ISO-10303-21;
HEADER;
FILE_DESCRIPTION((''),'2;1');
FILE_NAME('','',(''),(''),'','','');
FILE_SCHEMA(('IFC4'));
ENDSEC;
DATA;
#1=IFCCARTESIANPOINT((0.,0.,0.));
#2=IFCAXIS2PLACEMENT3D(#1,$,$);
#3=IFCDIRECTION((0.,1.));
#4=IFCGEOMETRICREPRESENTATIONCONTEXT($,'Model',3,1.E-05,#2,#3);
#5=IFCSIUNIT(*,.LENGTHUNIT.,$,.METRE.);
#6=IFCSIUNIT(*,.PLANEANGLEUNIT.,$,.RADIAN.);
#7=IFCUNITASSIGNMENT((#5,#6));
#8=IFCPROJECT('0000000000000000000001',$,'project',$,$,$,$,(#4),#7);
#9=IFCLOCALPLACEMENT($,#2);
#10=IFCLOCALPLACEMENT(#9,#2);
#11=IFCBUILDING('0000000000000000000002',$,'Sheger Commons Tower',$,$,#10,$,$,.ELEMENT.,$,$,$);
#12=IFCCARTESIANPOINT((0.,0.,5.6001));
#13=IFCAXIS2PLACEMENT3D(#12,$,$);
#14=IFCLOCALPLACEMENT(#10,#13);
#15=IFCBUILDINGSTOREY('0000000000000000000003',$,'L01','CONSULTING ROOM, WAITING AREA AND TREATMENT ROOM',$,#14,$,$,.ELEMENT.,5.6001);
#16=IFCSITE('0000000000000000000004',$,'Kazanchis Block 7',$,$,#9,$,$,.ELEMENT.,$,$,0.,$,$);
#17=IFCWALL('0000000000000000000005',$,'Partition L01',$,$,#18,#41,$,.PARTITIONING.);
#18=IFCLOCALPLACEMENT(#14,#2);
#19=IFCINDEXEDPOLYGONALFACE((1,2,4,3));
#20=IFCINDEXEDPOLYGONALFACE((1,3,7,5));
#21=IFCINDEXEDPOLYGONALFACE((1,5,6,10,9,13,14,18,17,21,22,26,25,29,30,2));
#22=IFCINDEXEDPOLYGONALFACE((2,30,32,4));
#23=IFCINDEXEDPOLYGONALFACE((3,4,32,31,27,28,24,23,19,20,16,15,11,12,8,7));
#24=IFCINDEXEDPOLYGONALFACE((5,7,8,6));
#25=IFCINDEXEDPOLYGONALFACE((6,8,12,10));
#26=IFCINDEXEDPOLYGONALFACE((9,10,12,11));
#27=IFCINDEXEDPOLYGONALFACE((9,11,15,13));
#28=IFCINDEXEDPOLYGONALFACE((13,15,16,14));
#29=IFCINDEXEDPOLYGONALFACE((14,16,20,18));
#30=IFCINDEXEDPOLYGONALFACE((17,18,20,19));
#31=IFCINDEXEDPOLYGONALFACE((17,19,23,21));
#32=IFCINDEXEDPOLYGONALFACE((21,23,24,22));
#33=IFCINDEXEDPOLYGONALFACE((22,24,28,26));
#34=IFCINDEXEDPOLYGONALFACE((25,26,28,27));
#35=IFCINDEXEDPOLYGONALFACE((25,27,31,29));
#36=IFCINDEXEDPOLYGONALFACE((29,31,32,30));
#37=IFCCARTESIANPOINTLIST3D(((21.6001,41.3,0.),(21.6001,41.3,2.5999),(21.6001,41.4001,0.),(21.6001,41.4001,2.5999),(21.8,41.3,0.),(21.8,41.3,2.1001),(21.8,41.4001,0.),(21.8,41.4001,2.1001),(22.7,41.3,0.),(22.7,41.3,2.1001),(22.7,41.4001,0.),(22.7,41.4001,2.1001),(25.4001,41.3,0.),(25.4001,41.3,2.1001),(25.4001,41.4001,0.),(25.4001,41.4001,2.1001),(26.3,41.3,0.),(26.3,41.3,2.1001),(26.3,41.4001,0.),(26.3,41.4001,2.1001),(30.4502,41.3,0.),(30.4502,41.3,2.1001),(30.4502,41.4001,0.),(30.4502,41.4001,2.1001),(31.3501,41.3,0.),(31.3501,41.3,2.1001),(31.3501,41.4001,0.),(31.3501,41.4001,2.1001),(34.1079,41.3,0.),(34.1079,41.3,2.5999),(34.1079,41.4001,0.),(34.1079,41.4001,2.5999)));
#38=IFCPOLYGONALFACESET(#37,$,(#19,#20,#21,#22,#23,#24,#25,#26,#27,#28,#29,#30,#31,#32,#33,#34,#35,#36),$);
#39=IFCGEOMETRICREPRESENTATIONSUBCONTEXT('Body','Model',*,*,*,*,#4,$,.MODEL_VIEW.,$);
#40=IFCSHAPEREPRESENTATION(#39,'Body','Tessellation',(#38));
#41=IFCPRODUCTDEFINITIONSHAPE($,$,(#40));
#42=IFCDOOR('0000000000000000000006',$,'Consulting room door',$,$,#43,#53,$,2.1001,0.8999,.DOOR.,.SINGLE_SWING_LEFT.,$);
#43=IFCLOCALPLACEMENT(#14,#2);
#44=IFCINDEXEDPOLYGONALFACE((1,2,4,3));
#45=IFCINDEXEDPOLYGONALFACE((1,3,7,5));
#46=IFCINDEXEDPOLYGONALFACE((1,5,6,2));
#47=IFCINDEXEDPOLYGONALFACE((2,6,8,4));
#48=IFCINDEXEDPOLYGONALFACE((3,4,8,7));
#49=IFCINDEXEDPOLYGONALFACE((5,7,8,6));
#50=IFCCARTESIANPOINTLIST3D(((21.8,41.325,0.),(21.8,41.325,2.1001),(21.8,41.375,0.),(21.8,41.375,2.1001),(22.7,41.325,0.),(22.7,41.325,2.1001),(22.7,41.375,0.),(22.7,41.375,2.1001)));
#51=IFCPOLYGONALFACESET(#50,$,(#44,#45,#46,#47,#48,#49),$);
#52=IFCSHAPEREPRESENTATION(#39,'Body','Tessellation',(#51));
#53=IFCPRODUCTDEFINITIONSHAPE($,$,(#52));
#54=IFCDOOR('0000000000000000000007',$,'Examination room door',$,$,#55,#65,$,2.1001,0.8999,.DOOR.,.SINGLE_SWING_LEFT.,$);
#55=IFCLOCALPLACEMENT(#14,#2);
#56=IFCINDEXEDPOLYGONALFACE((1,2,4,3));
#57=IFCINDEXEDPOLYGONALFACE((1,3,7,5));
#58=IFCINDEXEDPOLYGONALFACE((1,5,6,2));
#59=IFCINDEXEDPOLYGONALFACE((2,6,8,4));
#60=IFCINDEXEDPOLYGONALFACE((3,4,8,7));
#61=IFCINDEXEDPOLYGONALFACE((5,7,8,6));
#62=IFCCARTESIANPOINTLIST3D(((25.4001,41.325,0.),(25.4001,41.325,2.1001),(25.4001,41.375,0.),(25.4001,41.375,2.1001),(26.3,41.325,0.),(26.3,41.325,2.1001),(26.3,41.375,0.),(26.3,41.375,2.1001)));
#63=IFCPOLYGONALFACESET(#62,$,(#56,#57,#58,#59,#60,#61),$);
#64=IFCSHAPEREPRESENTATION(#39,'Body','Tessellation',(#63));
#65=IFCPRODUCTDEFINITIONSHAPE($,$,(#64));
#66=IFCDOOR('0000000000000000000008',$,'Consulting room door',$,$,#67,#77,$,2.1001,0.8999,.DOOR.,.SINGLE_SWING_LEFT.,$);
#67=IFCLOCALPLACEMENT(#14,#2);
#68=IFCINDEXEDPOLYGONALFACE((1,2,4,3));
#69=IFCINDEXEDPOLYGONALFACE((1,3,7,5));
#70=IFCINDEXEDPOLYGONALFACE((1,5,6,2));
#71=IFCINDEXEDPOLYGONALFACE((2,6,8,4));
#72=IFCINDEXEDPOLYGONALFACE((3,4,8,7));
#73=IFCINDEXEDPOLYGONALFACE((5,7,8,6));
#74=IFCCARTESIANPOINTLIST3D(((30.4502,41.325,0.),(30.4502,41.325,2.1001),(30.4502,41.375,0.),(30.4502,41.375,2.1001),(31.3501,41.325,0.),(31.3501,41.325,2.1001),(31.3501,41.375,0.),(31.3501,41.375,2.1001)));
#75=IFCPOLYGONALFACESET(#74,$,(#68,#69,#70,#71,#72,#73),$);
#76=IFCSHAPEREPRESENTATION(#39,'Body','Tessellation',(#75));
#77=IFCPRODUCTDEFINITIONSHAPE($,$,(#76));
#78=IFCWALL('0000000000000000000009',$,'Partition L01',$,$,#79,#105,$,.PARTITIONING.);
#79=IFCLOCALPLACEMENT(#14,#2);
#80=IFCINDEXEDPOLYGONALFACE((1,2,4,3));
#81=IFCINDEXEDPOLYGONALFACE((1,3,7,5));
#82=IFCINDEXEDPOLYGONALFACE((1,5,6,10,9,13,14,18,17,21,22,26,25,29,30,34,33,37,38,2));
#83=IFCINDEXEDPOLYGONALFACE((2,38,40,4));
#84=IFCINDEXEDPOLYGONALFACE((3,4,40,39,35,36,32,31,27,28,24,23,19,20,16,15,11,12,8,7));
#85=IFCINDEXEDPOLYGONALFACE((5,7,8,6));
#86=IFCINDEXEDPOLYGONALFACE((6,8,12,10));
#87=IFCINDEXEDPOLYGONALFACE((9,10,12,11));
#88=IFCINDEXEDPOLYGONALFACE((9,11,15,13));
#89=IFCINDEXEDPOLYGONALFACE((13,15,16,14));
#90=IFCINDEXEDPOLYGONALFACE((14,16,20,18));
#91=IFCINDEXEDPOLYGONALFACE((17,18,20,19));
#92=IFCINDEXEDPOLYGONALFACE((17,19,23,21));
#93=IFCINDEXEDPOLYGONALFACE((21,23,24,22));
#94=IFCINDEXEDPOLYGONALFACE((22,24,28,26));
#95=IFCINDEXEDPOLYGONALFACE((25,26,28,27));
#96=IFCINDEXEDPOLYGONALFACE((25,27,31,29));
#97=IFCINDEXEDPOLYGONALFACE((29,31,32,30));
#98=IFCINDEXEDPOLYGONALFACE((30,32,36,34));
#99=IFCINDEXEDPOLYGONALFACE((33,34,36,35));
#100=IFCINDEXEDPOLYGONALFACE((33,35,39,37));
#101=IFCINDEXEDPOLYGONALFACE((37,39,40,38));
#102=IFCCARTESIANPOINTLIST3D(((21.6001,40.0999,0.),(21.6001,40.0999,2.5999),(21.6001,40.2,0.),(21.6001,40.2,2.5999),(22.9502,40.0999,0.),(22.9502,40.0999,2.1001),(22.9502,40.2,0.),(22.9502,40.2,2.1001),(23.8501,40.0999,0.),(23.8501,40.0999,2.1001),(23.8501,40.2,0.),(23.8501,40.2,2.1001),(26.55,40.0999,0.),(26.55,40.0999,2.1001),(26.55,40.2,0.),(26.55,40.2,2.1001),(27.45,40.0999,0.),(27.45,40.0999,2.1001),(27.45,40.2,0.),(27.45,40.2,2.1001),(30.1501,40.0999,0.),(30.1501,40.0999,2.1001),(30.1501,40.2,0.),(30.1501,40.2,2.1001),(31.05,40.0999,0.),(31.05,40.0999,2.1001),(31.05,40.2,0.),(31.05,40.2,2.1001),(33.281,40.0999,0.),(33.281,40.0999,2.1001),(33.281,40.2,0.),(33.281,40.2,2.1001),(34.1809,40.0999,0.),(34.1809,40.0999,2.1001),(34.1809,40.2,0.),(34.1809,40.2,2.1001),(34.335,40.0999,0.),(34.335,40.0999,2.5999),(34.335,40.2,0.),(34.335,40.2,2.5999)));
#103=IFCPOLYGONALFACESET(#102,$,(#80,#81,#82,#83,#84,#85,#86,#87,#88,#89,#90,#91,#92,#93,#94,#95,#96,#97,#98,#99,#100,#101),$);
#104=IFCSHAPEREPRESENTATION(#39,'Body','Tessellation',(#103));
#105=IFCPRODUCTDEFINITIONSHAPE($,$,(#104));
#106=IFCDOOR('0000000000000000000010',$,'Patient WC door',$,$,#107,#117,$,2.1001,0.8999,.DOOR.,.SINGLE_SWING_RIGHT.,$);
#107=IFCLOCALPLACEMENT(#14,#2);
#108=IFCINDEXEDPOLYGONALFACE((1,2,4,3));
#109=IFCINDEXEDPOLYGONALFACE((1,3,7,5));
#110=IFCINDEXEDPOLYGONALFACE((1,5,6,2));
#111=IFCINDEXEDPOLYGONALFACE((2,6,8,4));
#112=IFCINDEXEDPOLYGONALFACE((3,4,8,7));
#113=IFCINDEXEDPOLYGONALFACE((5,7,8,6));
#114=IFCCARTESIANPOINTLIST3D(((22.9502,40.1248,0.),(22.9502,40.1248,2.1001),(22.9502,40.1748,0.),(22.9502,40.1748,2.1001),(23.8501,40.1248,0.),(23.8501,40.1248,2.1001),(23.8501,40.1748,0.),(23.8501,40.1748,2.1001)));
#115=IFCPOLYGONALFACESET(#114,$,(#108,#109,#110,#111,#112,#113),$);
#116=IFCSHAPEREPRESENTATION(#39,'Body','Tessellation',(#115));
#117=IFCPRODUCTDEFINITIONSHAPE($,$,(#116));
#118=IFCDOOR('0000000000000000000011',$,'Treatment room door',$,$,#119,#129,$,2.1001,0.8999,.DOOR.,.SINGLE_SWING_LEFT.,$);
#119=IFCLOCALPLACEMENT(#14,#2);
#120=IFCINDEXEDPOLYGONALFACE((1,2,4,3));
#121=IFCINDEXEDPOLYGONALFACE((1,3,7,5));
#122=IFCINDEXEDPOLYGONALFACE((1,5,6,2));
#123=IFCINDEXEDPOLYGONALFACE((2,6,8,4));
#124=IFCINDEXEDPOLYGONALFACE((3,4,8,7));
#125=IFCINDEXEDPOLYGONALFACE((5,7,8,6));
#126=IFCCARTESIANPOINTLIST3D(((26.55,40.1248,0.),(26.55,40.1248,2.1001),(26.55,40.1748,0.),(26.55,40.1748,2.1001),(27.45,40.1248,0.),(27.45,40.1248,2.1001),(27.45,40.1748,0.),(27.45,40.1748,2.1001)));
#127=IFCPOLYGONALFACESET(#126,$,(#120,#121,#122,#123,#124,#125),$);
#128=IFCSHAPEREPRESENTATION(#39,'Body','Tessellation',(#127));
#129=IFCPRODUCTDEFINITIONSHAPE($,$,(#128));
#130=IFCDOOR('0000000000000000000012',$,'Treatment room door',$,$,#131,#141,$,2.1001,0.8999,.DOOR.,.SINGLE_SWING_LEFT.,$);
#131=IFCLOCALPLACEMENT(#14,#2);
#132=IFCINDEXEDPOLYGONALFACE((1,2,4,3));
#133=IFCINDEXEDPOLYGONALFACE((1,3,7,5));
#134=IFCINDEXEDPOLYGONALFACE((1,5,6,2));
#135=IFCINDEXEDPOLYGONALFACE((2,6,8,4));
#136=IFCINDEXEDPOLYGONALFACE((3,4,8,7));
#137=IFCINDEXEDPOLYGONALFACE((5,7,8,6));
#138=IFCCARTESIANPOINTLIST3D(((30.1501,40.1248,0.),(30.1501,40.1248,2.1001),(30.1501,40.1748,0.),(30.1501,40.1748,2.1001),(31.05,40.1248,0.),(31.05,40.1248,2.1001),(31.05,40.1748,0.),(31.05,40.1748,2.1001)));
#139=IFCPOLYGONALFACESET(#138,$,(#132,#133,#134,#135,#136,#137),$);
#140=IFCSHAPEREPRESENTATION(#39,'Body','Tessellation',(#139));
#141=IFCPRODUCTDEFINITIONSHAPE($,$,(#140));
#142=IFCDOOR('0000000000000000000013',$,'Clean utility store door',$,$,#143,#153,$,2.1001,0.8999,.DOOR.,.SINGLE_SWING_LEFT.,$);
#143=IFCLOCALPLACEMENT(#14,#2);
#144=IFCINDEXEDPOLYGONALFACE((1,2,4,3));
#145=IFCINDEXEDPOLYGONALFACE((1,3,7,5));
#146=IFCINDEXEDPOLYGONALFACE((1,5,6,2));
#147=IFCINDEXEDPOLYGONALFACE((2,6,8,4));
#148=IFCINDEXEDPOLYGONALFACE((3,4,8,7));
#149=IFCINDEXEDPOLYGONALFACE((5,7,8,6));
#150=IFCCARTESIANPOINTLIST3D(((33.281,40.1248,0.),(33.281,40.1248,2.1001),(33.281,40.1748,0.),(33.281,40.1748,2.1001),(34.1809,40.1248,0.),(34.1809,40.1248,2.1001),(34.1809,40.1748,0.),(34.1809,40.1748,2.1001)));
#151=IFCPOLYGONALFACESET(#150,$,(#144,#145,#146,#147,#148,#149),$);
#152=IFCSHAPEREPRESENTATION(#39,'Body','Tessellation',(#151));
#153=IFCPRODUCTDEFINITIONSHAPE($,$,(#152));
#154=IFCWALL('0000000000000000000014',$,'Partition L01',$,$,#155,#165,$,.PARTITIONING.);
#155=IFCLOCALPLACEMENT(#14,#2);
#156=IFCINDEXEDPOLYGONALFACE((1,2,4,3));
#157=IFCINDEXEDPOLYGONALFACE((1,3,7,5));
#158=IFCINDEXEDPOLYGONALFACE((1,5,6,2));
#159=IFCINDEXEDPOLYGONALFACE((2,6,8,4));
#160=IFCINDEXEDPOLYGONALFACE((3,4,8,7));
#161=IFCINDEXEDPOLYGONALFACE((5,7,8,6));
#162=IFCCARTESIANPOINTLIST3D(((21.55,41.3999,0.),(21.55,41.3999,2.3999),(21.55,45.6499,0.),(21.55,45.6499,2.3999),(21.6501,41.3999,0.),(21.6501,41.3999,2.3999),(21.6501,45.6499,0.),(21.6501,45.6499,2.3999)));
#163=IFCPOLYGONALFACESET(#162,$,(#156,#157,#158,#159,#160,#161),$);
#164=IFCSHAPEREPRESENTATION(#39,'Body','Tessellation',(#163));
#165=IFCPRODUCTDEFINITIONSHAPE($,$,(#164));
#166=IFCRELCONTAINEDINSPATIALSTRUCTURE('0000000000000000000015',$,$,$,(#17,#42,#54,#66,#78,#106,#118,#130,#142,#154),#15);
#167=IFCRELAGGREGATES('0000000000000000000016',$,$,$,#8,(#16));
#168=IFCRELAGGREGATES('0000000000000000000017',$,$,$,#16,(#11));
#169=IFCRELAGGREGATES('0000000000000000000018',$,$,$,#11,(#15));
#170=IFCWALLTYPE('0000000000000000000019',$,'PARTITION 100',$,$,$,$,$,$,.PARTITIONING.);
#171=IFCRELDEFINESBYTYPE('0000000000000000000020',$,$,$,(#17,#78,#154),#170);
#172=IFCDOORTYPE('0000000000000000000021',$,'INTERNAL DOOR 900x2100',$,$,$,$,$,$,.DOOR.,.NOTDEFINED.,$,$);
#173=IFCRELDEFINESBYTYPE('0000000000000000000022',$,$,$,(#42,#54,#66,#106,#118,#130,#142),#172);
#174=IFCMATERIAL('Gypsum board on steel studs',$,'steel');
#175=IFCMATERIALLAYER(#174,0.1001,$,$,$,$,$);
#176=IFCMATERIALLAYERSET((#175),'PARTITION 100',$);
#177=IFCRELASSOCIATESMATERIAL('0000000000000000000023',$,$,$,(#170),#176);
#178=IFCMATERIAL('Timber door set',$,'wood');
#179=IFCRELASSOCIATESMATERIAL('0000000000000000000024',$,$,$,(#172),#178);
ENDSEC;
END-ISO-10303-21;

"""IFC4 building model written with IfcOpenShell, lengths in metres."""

from ifc_helpers import new_model, si_unit, direction, frame, frame_2d, origin, place, context, subcontext, project, spatial, rectangle, extrude, material, layer, layer_set, type_object, element, fill, save


model = new_model("IFC4")

# Units and contexts
model_context = context("Model", 3, precision=1e-05, world=origin(), true_north=direction((0.0, 1.0)))
body_context = subcontext(model_context, "Body", "Model", "MODEL_VIEW")
ifc_project = project(units=[si_unit("LENGTHUNIT", "METRE"), si_unit("PLANEANGLEUNIT", "RADIAN")], contexts=[model_context])

# Site, building, storey
site_placement = place(None, origin())
site = spatial("IfcSite", under=ifc_project, at=site_placement, Name="Kazanchis Block 7", CompositionType="ELEMENT", RefElevation=0.0)
building_placement = place(site_placement, origin())
building = spatial("IfcBuilding", under=site, at=building_placement, Name="Sheger Commons Tower", CompositionType="ELEMENT")
storey_placement = place(building_placement, frame((0.0, 0.0, 5.6001)))
storey = spatial("IfcBuildingStorey", under=building, at=storey_placement, Name="L01", Description="CONSULTING ROOM, WAITING AREA AND TREATMENT ROOM", CompositionType="ELEMENT", Elevation=5.6001)

# Walls, openings, doors
ifc_material_1 = material(Name="Gypsum board on steel studs", Category="steel")
ifc_layer_1 = layer(ifc_material_1, 0.1001)
ifc_layer_set_1 = layer_set([ifc_layer_1], Name="PARTITION 100")
wall_type_1 = type_object("IfcWallType", Name="PARTITION 100", PredefinedType="PARTITIONING", material=ifc_layer_set_1)
wall_1_placement = place(storey_placement, frame((21.6001, 41.3501, 0.0), z_axis=(0.0, 0.0, 1.0), x_axis=(1.0, 0.0, 0.0)))
wall_1 = element("IfcWall", 1, at=wall_1_placement, inside=storey, type_object=wall_type_1, Name="Partition L01", PredefinedType="PARTITIONING", context=body_context, shape_type="SweptSolid", body=[
    extrude(rectangle(XDim=12.5078, YDim=0.1001, at=frame_2d((6.2539, 0.0))), origin(), (0.0, 0.0, 1.0), 2.5999),
])
opening_1_placement = place(wall_1_placement, frame((0.2, 0.0, 0.0)))
opening_1 = element("IfcOpeningElement", 2, at=opening_1_placement, cuts=wall_1, PredefinedType="OPENING", context=body_context, shape_type="SweptSolid", body=[
    extrude(rectangle(XDim=0.8999, YDim=2.1001, at=frame_2d((0.45, 1.05))), frame((0.0, 0.0601, 0.0), z_axis=(0.0, -1.0, 0.0), x_axis=(1.0, 0.0, 0.0)), (0.0, 0.0, 1.0), 0.1201),
])
opening_2_placement = place(wall_1_placement, frame((3.8, 0.0, 0.0)))
opening_2 = element("IfcOpeningElement", 3, at=opening_2_placement, cuts=wall_1, PredefinedType="OPENING", context=body_context, shape_type="SweptSolid", body=[
    extrude(rectangle(XDim=0.8999, YDim=2.1001, at=frame_2d((0.45, 1.05))), frame((0.0, 0.0601, 0.0), z_axis=(0.0, -1.0, 0.0), x_axis=(1.0, 0.0, 0.0)), (0.0, 0.0, 1.0), 0.1201),
])
opening_3_placement = place(wall_1_placement, frame((8.8501, 0.0, 0.0)))
opening_3 = element("IfcOpeningElement", 4, at=opening_3_placement, cuts=wall_1, PredefinedType="OPENING", context=body_context, shape_type="SweptSolid", body=[
    extrude(rectangle(XDim=0.8999, YDim=2.1001, at=frame_2d((0.45, 1.05))), frame((0.0, 0.0601, 0.0), z_axis=(0.0, -1.0, 0.0), x_axis=(1.0, 0.0, 0.0)), (0.0, 0.0, 1.0), 0.1201),
])
ifc_material_2 = material(Name="Timber door set", Category="wood")
door_type = type_object("IfcDoorType", Name="INTERNAL DOOR 900x2100", OperationType="NOTDEFINED", PredefinedType="DOOR", material=ifc_material_2)
door_1_placement = place(opening_1_placement, origin())
door_1 = element("IfcDoor", 5, at=door_1_placement, inside=storey, type_object=door_type, Name="Consulting room door", OperationType="SINGLE_SWING_LEFT", OverallHeight=2.1001, OverallWidth=0.8999, PredefinedType="DOOR", context=body_context, shape_type="SweptSolid", body=[
    extrude(rectangle(XDim=0.8999, YDim=2.1001, at=frame_2d((0.45, 1.05))), frame((0.0, 0.0249, 0.0), z_axis=(0.0, -1.0, 0.0), x_axis=(1.0, 0.0, 0.0)), (0.0, 0.0, 1.0), 0.05),
])
fill(opening_1, door_1)
door_2_placement = place(opening_2_placement, origin())
door_2 = element("IfcDoor", 6, at=door_2_placement, inside=storey, type_object=door_type, Name="Examination room door", OperationType="SINGLE_SWING_LEFT", OverallHeight=2.1001, OverallWidth=0.8999, PredefinedType="DOOR", context=body_context, shape_type="SweptSolid", body=[
    extrude(rectangle(XDim=0.8999, YDim=2.1001, at=frame_2d((0.45, 1.05))), frame((0.0, 0.0249, 0.0), z_axis=(0.0, -1.0, 0.0), x_axis=(1.0, 0.0, 0.0)), (0.0, 0.0, 1.0), 0.05),
])
fill(opening_2, door_2)
door_3_placement = place(opening_3_placement, origin())
door_3 = element("IfcDoor", 7, at=door_3_placement, inside=storey, type_object=door_type, Name="Consulting room door", OperationType="SINGLE_SWING_LEFT", OverallHeight=2.1001, OverallWidth=0.8999, PredefinedType="DOOR", context=body_context, shape_type="SweptSolid", body=[
    extrude(rectangle(XDim=0.8999, YDim=2.1001, at=frame_2d((0.45, 1.05))), frame((0.0, 0.0249, 0.0), z_axis=(0.0, -1.0, 0.0), x_axis=(1.0, 0.0, 0.0)), (0.0, 0.0, 1.0), 0.05),
])
fill(opening_3, door_3)
wall_2_placement = place(storey_placement, frame((21.6001, 40.1499, 0.0), z_axis=(0.0, 0.0, 1.0), x_axis=(1.0, 0.0, 0.0)))
wall_2 = element("IfcWall", 8, at=wall_2_placement, inside=storey, type_object=wall_type_1, Name="Partition L01", PredefinedType="PARTITIONING", context=body_context, shape_type="SweptSolid", body=[
    extrude(rectangle(XDim=12.7349, YDim=0.1001, at=frame_2d((6.3674, 0.0))), origin(), (0.0, 0.0, 1.0), 2.5999),
])
opening_4_placement = place(wall_2_placement, frame((1.3501, 0.0, 0.0)))
opening_4 = element("IfcOpeningElement", 9, at=opening_4_placement, cuts=wall_2, PredefinedType="OPENING", context=body_context, shape_type="SweptSolid", body=[
    extrude(rectangle(XDim=0.8999, YDim=2.1001, at=frame_2d((0.45, 1.05))), frame((0.0, 0.0601, 0.0), z_axis=(0.0, -1.0, 0.0), x_axis=(1.0, 0.0, 0.0)), (0.0, 0.0, 1.0), 0.1201),
])
opening_5_placement = place(wall_2_placement, frame((4.95, 0.0, 0.0)))
opening_5 = element("IfcOpeningElement", 10, at=opening_5_placement, cuts=wall_2, PredefinedType="OPENING", context=body_context, shape_type="SweptSolid", body=[
    extrude(rectangle(XDim=0.8999, YDim=2.1001, at=frame_2d((0.45, 1.05))), frame((0.0, 0.0601, 0.0), z_axis=(0.0, -1.0, 0.0), x_axis=(1.0, 0.0, 0.0)), (0.0, 0.0, 1.0), 0.1201),
])
opening_6_placement = place(wall_2_placement, frame((8.55, 0.0, 0.0)))
opening_6 = element("IfcOpeningElement", 11, at=opening_6_placement, cuts=wall_2, PredefinedType="OPENING", context=body_context, shape_type="SweptSolid", body=[
    extrude(rectangle(XDim=0.8999, YDim=2.1001, at=frame_2d((0.45, 1.05))), frame((0.0, 0.0601, 0.0), z_axis=(0.0, -1.0, 0.0), x_axis=(1.0, 0.0, 0.0)), (0.0, 0.0, 1.0), 0.1201),
])
opening_7_placement = place(wall_2_placement, frame((11.6809, 0.0, 0.0)))
opening_7 = element("IfcOpeningElement", 12, at=opening_7_placement, cuts=wall_2, PredefinedType="OPENING", context=body_context, shape_type="SweptSolid", body=[
    extrude(rectangle(XDim=0.8999, YDim=2.1001, at=frame_2d((0.45, 1.05))), frame((0.0, 0.0601, 0.0), z_axis=(0.0, -1.0, 0.0), x_axis=(1.0, 0.0, 0.0)), (0.0, 0.0, 1.0), 0.1201),
])
door_4_placement = place(opening_4_placement, origin())
door_4 = element("IfcDoor", 13, at=door_4_placement, inside=storey, type_object=door_type, Name="Patient WC door", OperationType="SINGLE_SWING_RIGHT", OverallHeight=2.1001, OverallWidth=0.8999, PredefinedType="DOOR", context=body_context, shape_type="SweptSolid", body=[
    extrude(rectangle(XDim=0.8999, YDim=2.1001, at=frame_2d((0.45, 1.05))), frame((0.0, 0.0249, 0.0), z_axis=(0.0, -1.0, 0.0), x_axis=(1.0, 0.0, 0.0)), (0.0, 0.0, 1.0), 0.05),
])
fill(opening_4, door_4)
door_5_placement = place(opening_5_placement, origin())
door_5 = element("IfcDoor", 14, at=door_5_placement, inside=storey, type_object=door_type, Name="Treatment room door", OperationType="SINGLE_SWING_LEFT", OverallHeight=2.1001, OverallWidth=0.8999, PredefinedType="DOOR", context=body_context, shape_type="SweptSolid", body=[
    extrude(rectangle(XDim=0.8999, YDim=2.1001, at=frame_2d((0.45, 1.05))), frame((0.0, 0.0249, 0.0), z_axis=(0.0, -1.0, 0.0), x_axis=(1.0, 0.0, 0.0)), (0.0, 0.0, 1.0), 0.05),
])
fill(opening_5, door_5)
door_6_placement = place(opening_6_placement, origin())
door_6 = element("IfcDoor", 15, at=door_6_placement, inside=storey, type_object=door_type, Name="Treatment room door", OperationType="SINGLE_SWING_LEFT", OverallHeight=2.1001, OverallWidth=0.8999, PredefinedType="DOOR", context=body_context, shape_type="SweptSolid", body=[
    extrude(rectangle(XDim=0.8999, YDim=2.1001, at=frame_2d((0.45, 1.05))), frame((0.0, 0.0249, 0.0), z_axis=(0.0, -1.0, 0.0), x_axis=(1.0, 0.0, 0.0)), (0.0, 0.0, 1.0), 0.05),
])
fill(opening_6, door_6)
door_7_placement = place(opening_7_placement, origin())
door_7 = element("IfcDoor", 16, at=door_7_placement, inside=storey, type_object=door_type, Name="Clean utility store door", OperationType="SINGLE_SWING_LEFT", OverallHeight=2.1001, OverallWidth=0.8999, PredefinedType="DOOR", context=body_context, shape_type="SweptSolid", body=[
    extrude(rectangle(XDim=0.8999, YDim=2.1001, at=frame_2d((0.45, 1.05))), frame((0.0, 0.0249, 0.0), z_axis=(0.0, -1.0, 0.0), x_axis=(1.0, 0.0, 0.0)), (0.0, 0.0, 1.0), 0.05),
])
fill(opening_7, door_7)

# Wall
for number, where, z_axis, x_axis, name in (
    (17, (21.6001, 41.3999, 0.0), (0.0, 0.0, 1.0), (0.0, 1.0, 0.0), "Partition L01"),
):
    element("IfcWall", number, at=place(storey_placement, frame(where, z_axis=z_axis, x_axis=x_axis)), inside=storey, type_object=wall_type_1, Name=name, PredefinedType="PARTITIONING", context=body_context, shape_type="SweptSolid", body=[
        extrude(rectangle(XDim=4.25, YDim=0.1001, at=frame_2d((2.125, 0.0))), origin(), (0.0, 0.0, 1.0), 2.3999),
    ])

save(model, "model.ifc")
